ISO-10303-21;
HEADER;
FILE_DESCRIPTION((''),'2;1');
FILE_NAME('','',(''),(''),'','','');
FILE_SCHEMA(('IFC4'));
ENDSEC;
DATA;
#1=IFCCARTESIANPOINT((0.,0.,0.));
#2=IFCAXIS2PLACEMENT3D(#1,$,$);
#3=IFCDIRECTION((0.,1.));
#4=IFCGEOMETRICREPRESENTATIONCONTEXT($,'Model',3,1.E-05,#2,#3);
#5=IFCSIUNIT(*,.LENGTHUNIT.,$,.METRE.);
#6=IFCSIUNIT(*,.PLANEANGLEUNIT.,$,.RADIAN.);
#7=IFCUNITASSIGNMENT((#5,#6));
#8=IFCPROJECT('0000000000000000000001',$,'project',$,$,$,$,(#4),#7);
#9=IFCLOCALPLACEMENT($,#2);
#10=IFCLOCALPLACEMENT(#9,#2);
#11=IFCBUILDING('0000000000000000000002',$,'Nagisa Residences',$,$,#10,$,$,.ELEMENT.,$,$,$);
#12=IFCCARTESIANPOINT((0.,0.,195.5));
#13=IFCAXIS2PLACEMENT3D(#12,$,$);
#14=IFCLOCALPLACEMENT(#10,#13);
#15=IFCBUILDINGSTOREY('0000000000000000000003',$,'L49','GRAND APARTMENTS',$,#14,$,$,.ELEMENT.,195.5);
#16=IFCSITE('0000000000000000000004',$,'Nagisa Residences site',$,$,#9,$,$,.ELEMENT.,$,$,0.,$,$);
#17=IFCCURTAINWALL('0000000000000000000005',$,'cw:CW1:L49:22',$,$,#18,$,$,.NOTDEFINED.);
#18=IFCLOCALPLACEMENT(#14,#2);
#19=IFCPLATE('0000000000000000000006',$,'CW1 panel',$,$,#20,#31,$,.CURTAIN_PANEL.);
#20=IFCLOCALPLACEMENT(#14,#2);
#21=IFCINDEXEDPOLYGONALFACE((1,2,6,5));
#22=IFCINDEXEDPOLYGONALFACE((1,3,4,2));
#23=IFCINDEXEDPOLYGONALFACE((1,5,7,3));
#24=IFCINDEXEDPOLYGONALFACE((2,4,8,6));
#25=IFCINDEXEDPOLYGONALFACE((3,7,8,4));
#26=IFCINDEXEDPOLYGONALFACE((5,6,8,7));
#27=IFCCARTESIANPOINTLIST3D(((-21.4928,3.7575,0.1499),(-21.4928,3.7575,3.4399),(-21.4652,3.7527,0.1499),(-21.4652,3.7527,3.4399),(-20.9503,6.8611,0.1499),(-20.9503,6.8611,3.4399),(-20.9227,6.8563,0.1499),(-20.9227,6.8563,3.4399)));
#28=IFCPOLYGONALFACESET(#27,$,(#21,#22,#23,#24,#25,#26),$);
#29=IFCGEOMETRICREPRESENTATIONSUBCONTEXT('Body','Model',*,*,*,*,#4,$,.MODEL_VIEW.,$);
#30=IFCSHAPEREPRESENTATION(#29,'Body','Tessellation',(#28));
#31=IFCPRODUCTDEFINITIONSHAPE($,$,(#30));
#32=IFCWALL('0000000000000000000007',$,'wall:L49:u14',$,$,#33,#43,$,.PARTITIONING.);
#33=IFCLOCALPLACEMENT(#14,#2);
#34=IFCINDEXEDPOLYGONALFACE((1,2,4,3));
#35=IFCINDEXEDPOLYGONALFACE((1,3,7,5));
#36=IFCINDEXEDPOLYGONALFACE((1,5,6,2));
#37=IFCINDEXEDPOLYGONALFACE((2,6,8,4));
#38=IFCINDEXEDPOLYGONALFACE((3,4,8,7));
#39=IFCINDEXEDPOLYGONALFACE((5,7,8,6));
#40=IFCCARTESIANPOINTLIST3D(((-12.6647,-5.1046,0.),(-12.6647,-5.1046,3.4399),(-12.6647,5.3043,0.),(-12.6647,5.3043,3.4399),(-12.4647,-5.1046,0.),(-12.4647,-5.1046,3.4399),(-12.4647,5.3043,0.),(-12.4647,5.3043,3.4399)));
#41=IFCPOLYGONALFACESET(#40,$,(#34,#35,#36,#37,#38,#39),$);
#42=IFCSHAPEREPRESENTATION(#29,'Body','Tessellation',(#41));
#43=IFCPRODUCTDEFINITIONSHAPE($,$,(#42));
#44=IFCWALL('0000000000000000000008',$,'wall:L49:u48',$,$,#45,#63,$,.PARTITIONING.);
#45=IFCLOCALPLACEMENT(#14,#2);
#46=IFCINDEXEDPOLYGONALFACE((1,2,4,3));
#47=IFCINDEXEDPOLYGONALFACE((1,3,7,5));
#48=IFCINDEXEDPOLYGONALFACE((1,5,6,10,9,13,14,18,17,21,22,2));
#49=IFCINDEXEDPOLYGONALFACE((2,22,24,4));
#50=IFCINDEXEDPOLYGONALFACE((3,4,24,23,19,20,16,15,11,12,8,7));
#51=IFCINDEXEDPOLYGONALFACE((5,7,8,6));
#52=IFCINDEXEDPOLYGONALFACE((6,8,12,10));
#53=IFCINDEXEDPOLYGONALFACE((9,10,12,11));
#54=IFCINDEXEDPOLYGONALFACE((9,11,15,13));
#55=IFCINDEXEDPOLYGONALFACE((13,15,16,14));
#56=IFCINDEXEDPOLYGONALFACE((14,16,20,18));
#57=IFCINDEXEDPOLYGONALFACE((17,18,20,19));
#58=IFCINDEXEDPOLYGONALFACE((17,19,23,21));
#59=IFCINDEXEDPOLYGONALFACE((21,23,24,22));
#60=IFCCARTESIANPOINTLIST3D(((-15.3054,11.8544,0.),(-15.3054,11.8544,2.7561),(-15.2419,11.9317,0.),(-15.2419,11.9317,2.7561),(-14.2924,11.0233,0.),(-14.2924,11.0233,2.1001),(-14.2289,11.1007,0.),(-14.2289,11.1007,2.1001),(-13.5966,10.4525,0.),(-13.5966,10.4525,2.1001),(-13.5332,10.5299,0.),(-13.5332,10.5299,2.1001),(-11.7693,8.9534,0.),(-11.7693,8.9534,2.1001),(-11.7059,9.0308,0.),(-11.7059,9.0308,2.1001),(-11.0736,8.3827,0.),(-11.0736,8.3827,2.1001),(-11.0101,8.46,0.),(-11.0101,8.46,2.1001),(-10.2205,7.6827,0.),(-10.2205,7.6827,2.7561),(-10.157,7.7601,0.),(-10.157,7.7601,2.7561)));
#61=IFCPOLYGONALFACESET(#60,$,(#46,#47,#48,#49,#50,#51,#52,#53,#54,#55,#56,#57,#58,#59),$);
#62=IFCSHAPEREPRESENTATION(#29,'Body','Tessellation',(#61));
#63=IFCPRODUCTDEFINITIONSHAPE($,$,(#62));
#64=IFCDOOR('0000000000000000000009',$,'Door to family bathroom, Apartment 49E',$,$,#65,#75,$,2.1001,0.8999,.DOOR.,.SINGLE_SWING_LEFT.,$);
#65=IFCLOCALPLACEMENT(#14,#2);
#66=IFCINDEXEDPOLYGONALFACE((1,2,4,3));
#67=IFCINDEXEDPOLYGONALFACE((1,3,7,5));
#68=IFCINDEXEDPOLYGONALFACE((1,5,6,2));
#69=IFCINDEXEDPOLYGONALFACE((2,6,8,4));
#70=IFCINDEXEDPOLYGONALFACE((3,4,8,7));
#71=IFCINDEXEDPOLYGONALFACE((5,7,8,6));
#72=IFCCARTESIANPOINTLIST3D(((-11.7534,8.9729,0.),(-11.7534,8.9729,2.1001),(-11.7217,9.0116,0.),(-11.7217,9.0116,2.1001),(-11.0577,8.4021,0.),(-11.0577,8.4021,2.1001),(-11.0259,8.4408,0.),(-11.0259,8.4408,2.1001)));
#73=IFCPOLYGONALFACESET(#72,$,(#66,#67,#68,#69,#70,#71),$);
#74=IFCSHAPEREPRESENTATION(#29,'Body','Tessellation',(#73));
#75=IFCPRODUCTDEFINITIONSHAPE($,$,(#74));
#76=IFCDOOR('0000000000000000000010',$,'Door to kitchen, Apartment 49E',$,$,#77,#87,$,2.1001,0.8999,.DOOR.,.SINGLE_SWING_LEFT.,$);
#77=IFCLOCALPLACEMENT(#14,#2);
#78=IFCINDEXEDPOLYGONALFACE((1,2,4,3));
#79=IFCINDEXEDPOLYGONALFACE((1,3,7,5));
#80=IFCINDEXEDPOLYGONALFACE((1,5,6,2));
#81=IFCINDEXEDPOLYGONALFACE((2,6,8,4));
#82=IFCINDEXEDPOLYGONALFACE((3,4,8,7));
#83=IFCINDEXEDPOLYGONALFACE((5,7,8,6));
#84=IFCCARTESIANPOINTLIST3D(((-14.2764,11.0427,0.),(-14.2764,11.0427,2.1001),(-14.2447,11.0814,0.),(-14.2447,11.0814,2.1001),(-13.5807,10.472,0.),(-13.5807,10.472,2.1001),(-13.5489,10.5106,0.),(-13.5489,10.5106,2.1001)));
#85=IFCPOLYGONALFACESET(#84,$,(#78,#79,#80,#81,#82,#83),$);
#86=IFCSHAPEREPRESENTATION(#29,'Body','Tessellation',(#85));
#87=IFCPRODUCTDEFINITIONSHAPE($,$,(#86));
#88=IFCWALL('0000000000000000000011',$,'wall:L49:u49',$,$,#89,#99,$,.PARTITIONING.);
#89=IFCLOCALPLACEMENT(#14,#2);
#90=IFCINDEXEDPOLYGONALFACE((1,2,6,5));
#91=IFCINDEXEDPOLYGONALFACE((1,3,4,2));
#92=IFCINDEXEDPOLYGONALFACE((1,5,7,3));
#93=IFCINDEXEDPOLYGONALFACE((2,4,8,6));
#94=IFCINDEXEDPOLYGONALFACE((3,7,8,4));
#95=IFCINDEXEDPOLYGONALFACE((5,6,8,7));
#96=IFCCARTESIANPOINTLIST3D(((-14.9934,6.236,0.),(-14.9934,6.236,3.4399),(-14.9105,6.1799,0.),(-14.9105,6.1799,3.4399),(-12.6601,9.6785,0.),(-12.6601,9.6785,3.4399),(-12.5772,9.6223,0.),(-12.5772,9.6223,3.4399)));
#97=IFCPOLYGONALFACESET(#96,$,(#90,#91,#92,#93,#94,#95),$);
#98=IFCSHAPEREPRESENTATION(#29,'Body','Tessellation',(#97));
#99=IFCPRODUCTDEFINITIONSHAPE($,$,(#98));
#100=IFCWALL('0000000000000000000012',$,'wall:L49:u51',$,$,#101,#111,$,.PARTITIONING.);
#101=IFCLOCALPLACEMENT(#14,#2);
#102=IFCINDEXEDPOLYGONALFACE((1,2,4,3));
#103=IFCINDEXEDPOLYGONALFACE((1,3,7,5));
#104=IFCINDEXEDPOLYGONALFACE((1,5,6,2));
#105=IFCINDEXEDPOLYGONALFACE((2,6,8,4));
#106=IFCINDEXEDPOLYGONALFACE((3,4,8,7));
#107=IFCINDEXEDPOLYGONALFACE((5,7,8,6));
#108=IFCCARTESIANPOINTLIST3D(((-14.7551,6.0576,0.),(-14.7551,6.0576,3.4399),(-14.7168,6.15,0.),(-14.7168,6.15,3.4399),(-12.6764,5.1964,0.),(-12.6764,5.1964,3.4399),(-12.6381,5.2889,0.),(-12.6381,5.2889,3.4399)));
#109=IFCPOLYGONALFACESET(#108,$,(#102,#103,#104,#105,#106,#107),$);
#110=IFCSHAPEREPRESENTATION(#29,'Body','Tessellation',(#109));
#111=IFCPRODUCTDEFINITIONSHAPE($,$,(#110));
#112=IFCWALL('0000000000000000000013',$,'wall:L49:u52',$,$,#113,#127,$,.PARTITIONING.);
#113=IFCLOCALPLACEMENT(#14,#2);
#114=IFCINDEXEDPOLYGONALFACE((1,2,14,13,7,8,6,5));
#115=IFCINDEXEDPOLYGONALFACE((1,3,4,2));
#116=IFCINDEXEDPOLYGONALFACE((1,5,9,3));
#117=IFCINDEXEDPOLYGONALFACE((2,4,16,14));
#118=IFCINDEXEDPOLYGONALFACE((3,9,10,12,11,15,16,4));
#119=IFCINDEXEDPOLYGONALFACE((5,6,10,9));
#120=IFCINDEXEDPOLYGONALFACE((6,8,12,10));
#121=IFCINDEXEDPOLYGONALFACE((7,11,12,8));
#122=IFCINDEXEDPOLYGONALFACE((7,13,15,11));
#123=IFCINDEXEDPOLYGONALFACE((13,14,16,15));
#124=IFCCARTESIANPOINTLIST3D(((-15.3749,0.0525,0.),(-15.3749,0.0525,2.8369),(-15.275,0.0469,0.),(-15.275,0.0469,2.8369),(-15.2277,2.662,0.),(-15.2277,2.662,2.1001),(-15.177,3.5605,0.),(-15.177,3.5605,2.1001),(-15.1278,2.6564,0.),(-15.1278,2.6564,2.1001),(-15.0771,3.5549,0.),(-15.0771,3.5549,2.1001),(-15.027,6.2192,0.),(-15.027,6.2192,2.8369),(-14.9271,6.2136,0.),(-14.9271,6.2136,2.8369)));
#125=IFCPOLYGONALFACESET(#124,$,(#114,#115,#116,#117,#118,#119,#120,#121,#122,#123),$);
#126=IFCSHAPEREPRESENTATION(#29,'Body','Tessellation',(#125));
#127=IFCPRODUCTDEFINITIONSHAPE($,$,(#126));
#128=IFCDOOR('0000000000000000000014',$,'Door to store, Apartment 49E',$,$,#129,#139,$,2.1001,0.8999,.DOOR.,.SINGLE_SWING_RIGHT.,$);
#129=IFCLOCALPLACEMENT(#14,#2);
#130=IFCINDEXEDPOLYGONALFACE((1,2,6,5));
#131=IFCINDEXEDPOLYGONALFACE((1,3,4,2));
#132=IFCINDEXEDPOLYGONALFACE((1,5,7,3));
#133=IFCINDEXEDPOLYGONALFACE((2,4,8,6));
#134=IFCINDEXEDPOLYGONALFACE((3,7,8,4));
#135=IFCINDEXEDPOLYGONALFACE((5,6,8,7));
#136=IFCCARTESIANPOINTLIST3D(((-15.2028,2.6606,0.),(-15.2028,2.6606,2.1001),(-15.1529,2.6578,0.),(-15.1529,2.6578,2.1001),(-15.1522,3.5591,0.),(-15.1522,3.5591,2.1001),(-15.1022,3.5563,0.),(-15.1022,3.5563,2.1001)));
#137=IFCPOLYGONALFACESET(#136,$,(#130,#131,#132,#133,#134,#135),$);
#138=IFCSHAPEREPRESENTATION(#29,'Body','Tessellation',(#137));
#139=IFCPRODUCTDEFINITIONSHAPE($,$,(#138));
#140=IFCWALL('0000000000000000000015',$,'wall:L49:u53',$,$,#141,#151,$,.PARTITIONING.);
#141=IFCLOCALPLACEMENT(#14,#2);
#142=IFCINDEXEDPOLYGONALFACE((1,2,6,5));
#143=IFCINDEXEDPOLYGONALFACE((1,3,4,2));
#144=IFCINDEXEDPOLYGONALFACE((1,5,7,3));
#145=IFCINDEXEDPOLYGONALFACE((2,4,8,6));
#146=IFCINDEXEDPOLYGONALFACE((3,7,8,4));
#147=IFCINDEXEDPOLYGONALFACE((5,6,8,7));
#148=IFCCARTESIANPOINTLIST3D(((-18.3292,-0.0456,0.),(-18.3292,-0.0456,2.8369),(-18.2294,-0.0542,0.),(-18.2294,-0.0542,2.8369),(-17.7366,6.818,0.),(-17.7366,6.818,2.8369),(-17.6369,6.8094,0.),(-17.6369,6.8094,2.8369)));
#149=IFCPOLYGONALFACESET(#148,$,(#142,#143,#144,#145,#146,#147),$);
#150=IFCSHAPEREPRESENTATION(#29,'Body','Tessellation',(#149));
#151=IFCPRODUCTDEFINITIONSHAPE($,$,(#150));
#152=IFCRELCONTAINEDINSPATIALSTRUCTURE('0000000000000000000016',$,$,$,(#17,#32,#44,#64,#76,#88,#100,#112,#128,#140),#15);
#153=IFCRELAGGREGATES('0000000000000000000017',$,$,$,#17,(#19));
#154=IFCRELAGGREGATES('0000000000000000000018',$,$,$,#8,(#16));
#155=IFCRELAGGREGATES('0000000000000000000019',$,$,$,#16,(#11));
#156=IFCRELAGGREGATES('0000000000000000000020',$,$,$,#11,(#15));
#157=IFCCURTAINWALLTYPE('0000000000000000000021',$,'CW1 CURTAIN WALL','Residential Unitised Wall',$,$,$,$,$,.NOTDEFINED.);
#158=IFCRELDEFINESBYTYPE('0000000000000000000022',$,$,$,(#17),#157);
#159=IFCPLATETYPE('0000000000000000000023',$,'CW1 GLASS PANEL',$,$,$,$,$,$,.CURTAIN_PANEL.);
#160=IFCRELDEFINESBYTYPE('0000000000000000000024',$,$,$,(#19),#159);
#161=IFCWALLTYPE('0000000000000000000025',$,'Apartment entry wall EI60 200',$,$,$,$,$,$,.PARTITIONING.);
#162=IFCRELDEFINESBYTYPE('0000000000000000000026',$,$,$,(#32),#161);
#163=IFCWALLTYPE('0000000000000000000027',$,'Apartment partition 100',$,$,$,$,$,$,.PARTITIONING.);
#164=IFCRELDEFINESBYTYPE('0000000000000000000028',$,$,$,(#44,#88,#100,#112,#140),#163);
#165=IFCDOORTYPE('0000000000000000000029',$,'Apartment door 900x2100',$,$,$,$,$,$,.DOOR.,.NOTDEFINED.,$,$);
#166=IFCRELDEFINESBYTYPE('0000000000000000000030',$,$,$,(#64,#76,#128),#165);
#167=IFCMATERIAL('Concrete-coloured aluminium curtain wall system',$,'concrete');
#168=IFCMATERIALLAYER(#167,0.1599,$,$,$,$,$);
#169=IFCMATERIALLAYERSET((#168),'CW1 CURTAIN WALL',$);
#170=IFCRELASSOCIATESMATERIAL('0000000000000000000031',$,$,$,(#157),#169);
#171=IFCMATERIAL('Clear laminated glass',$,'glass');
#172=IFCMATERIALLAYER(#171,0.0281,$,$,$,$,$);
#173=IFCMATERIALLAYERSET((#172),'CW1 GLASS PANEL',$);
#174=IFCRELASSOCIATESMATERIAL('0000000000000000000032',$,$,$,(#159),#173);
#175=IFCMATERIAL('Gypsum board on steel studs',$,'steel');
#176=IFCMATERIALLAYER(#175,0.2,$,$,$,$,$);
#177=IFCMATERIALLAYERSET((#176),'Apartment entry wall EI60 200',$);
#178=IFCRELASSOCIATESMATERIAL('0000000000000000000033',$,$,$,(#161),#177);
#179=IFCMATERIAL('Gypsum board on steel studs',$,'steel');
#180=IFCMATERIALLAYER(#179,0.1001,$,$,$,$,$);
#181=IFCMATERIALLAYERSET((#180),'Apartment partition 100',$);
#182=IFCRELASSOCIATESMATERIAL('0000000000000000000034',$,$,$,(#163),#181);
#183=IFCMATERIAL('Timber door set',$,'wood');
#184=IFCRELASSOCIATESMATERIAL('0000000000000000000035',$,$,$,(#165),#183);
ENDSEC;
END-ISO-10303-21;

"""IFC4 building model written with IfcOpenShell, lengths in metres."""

from ifc_helpers import new_model, si_unit, direction, frame, frame_2d, origin, origin_2d, place, context, subcontext, project, spatial, rectangle, extrude, material, layer, layer_set, type_object, element, fill, aggregate, save


model = new_model("IFC4")

# Units and contexts
model_context = context("Model", 3, precision=1e-05, world=origin(), true_north=direction((0.0, 1.0)))
body_context = subcontext(model_context, "Body", "Model", "MODEL_VIEW")
ifc_project = project(units=[si_unit("LENGTHUNIT", "METRE"), si_unit("PLANEANGLEUNIT", "RADIAN")], contexts=[model_context])

# Site, building, storey
site_placement = place(None, origin())
site = spatial("IfcSite", under=ifc_project, at=site_placement, Name="Nagisa Residences site", CompositionType="ELEMENT", RefElevation=0.0)
building_placement = place(site_placement, origin())
building = spatial("IfcBuilding", under=site, at=building_placement, Name="Nagisa Residences", CompositionType="ELEMENT")
storey_placement = place(building_placement, frame((0.0, 0.0, 195.5)))
storey = spatial("IfcBuildingStorey", under=building, at=storey_placement, Name="L49", Description="GRAND APARTMENTS", CompositionType="ELEMENT", Elevation=195.5)

# Curtain wall
ifc_material_1 = material(Name="Concrete-coloured aluminium curtain wall system", Category="concrete")
ifc_layer_1 = layer(ifc_material_1, 0.1599)
ifc_layer_set_1 = layer_set([ifc_layer_1], Name="CW1 CURTAIN WALL")
curtain_wall_type = type_object("IfcCurtainWallType", Name="CW1 CURTAIN WALL", Description="Residential Unitised Wall", PredefinedType="NOTDEFINED", material=ifc_layer_set_1)
curtain_wall_1_placement = place(storey_placement, origin())
curtain_wall_1 = element("IfcCurtainWall", 1, at=curtain_wall_1_placement, inside=storey, type_object=curtain_wall_type, Name="cw:CW1:L49:22", PredefinedType="NOTDEFINED")

# Plate
ifc_material_2 = material(Name="Clear laminated glass", Category="glass")
ifc_layer_2 = layer(ifc_material_2, 0.0281)
ifc_layer_set_2 = layer_set([ifc_layer_2], Name="CW1 GLASS PANEL")
plate_type = type_object("IfcPlateType", Name="CW1 GLASS PANEL", PredefinedType="CURTAIN_PANEL", material=ifc_layer_set_2)
plate_1_placement = place(storey_placement, frame((-21.2078, 5.3069, 0.1499), z_axis=(0.0, 0.0, 1.0), x_axis=(-0.172191, -0.985064, 0.0)))
plate_1 = element("IfcPlate", 2, at=plate_1_placement, type_object=plate_type, Name="CW1 panel", PredefinedType="CURTAIN_PANEL", context=body_context, shape_type="SweptSolid", body=[
    extrude(rectangle(XDim=3.1506, YDim=0.0281, at=origin_2d()), origin(), (0.0, 0.0, 1.0), 3.29),
])
aggregate(curtain_wall_1, [plate_1])

# Wall
ifc_material_3 = material(Name="Gypsum board on steel studs", Category="steel")
ifc_layer_3 = layer(ifc_material_3, 0.2)
ifc_layer_set_3 = layer_set([ifc_layer_3], Name="Apartment entry wall EI60 200")
wall_type_1 = type_object("IfcWallType", Name="Apartment entry wall EI60 200", PredefinedType="PARTITIONING", material=ifc_layer_set_3)
wall_1_placement = place(storey_placement, frame((-12.5647, 5.3044, 0.0), z_axis=(0.0, 0.0, 1.0), x_axis=(0.0, -1.0, 0.0)))
element("IfcWall", 3, at=wall_1_placement, inside=storey, type_object=wall_type_1, Name="wall:L49:u14", PredefinedType="PARTITIONING", context=body_context, shape_type="SweptSolid", body=[
    extrude(rectangle(XDim=10.4089, YDim=0.2, at=frame_2d((5.2046, 0.0))), origin(), (0.0, 0.0, 1.0), 3.4399),
])

# Wall, openings, doors
ifc_material_4 = material(Name="Gypsum board on steel studs", Category="steel")
ifc_layer_4 = layer(ifc_material_4, 0.1001)
ifc_layer_set_4 = layer_set([ifc_layer_4], Name="Apartment partition 100")
wall_type_2 = type_object("IfcWallType", Name="Apartment partition 100", PredefinedType="PARTITIONING", material=ifc_layer_set_4)
wall_2_placement = place(storey_placement, frame((-10.1887, 7.7214, 0.0), z_axis=(0.0, 0.0, 1.0), x_axis=(-0.773121, 0.634258, 0.0)))
wall_2 = element("IfcWall", 4, at=wall_2_placement, inside=storey, type_object=wall_type_2, Name="wall:L49:u48", PredefinedType="PARTITIONING", context=body_context, shape_type="SweptSolid", body=[
    extrude(rectangle(XDim=6.5771, YDim=0.1001, at=frame_2d((3.2886, 0.0))), origin(), (0.0, 0.0, 1.0), 2.7561),
])
opening_1_placement = place(wall_2_placement, frame((1.1035, 0.0, 0.0)))
opening_1 = element("IfcOpeningElement", 5, at=opening_1_placement, cuts=wall_2, PredefinedType="OPENING", context=body_context, shape_type="SweptSolid", body=[
    extrude(rectangle(XDim=0.8999, YDim=2.1001, at=frame_2d((0.45, 1.05))), frame((0.0, 0.0601, 0.0), z_axis=(0.0, -1.0, 0.0), x_axis=(1.0, 0.0, 0.0)), (0.0, 0.0, 1.0), 0.1201),
])
opening_2_placement = place(wall_2_placement, frame((4.3669, 0.0, 0.0)))
opening_2 = element("IfcOpeningElement", 6, at=opening_2_placement, cuts=wall_2, PredefinedType="OPENING", context=body_context, shape_type="SweptSolid", body=[
    extrude(rectangle(XDim=0.8999, YDim=2.1001, at=frame_2d((0.45, 1.05))), frame((0.0, 0.0601, 0.0), z_axis=(0.0, -1.0, 0.0), x_axis=(1.0, 0.0, 0.0)), (0.0, 0.0, 1.0), 0.1201),
])
ifc_material_5 = material(Name="Timber door set", Category="wood")
door_type_1 = type_object("IfcDoorType", Name="Apartment door 900x2100", OperationType="NOTDEFINED", PredefinedType="DOOR", material=ifc_material_5)
door_1_placement = place(opening_1_placement, origin())
door_1 = element("IfcDoor", 7, at=door_1_placement, inside=storey, type_object=door_type_1, Name="Door to family bathroom, Apartment 49E", OperationType="SINGLE_SWING_LEFT", OverallHeight=2.1001, OverallWidth=0.8999, PredefinedType="DOOR", context=body_context, shape_type="SweptSolid", body=[
    extrude(rectangle(XDim=0.8999, YDim=2.1001, at=frame_2d((0.45, 1.05))), frame((0.0, 0.0249, 0.0), z_axis=(0.0, -1.0, 0.0), x_axis=(1.0, 0.0, 0.0)), (0.0, 0.0, 1.0), 0.05),
])
fill(opening_1, door_1)
door_2_placement = place(opening_2_placement, origin())
door_2 = element("IfcDoor", 8, at=door_2_placement, inside=storey, type_object=door_type_1, Name="Door to kitchen, Apartment 49E", OperationType="SINGLE_SWING_LEFT", OverallHeight=2.1001, OverallWidth=0.8999, PredefinedType="DOOR", context=body_context, shape_type="SweptSolid", body=[
    extrude(rectangle(XDim=0.8999, YDim=2.1001, at=frame_2d((0.45, 1.05))), frame((0.0, 0.0249, 0.0), z_axis=(0.0, -1.0, 0.0), x_axis=(1.0, 0.0, 0.0)), (0.0, 0.0, 1.0), 0.05),
])
fill(opening_2, door_2)

# Walls
wall_3_placement = place(storey_placement, frame((-12.6187, 9.6504, 0.0), z_axis=(0.0, 0.0, 1.0), x_axis=(-0.561065, -0.827772, 0.0)))
element("IfcWall", 9, at=wall_3_placement, inside=storey, type_object=wall_type_2, Name="wall:L49:u49", PredefinedType="PARTITIONING", context=body_context, shape_type="SweptSolid", body=[
    extrude(rectangle(XDim=4.1587, YDim=0.1001, at=frame_2d((2.0793, 0.0))), origin(), (0.0, 0.0, 1.0), 3.4399),
])
wall_4_placement = place(storey_placement, frame((-12.6572, 5.2427, 0.0), z_axis=(0.0, 0.0, 1.0), x_axis=(-0.923865, 0.382719, 0.0)))
element("IfcWall", 10, at=wall_4_placement, inside=storey, type_object=wall_type_2, Name="wall:L49:u51", PredefinedType="PARTITIONING", context=body_context, shape_type="SweptSolid", body=[
    extrude(rectangle(XDim=2.25, YDim=0.1001, at=frame_2d((1.125, 0.0))), origin(), (0.0, 0.0, 1.0), 3.4399),
])

# Wall, opening, door
wall_5_placement = place(storey_placement, frame((-14.9771, 6.2166, 0.0), z_axis=(0.0, 0.0, 1.0), x_axis=(-0.056326, -0.998412, 0.0)))
wall_5 = element("IfcWall", 11, at=wall_5_placement, inside=storey, type_object=wall_type_2, Name="wall:L49:u52", PredefinedType="PARTITIONING", context=body_context, shape_type="SweptSolid", body=[
    extrude(rectangle(XDim=6.1765, YDim=0.1001, at=frame_2d((3.0884, 0.0))), origin(), (0.0, 0.0, 1.0), 2.8369),
])
opening_3_placement = place(wall_5_placement, frame((2.6631, 0.0, 0.0)))
opening_3 = element("IfcOpeningElement", 12, at=opening_3_placement, cuts=wall_5, PredefinedType="OPENING", context=body_context, shape_type="SweptSolid", body=[
    extrude(rectangle(XDim=0.8999, YDim=2.1001, at=frame_2d((0.45, 1.05))), frame((0.0, 0.0601, 0.0), z_axis=(0.0, -1.0, 0.0), x_axis=(1.0, 0.0, 0.0)), (0.0, 0.0, 1.0), 0.1201),
])
door_3_placement = place(opening_3_placement, origin())
door_3 = element("IfcDoor", 13, at=door_3_placement, inside=storey, type_object=door_type_1, Name="Door to store, Apartment 49E", OperationType="SINGLE_SWING_RIGHT", OverallHeight=2.1001, OverallWidth=0.8999, PredefinedType="DOOR", context=body_context, shape_type="SweptSolid", body=[
    extrude(rectangle(XDim=0.8999, YDim=2.1001, at=frame_2d((0.45, 1.05))), frame((0.0, 0.0249, 0.0), z_axis=(0.0, -1.0, 0.0), x_axis=(1.0, 0.0, 0.0)), (0.0, 0.0, 1.0), 0.05),
])
fill(opening_3, door_3)

# Wall
wall_6_placement = place(storey_placement, frame((-17.6868, 6.8137, 0.0), z_axis=(0.0, 0.0, 1.0), x_axis=(-0.08601, -0.996294, 0.0)))
element("IfcWall", 14, at=wall_6_placement, inside=storey, type_object=wall_type_2, Name="wall:L49:u53", PredefinedType="PARTITIONING", context=body_context, shape_type="SweptSolid", body=[
    extrude(rectangle(XDim=6.8892, YDim=0.1001, at=frame_2d((3.4446, 0.0))), origin(), (0.0, 0.0, 1.0), 2.8369),
])

save(model, "model.ifc")
